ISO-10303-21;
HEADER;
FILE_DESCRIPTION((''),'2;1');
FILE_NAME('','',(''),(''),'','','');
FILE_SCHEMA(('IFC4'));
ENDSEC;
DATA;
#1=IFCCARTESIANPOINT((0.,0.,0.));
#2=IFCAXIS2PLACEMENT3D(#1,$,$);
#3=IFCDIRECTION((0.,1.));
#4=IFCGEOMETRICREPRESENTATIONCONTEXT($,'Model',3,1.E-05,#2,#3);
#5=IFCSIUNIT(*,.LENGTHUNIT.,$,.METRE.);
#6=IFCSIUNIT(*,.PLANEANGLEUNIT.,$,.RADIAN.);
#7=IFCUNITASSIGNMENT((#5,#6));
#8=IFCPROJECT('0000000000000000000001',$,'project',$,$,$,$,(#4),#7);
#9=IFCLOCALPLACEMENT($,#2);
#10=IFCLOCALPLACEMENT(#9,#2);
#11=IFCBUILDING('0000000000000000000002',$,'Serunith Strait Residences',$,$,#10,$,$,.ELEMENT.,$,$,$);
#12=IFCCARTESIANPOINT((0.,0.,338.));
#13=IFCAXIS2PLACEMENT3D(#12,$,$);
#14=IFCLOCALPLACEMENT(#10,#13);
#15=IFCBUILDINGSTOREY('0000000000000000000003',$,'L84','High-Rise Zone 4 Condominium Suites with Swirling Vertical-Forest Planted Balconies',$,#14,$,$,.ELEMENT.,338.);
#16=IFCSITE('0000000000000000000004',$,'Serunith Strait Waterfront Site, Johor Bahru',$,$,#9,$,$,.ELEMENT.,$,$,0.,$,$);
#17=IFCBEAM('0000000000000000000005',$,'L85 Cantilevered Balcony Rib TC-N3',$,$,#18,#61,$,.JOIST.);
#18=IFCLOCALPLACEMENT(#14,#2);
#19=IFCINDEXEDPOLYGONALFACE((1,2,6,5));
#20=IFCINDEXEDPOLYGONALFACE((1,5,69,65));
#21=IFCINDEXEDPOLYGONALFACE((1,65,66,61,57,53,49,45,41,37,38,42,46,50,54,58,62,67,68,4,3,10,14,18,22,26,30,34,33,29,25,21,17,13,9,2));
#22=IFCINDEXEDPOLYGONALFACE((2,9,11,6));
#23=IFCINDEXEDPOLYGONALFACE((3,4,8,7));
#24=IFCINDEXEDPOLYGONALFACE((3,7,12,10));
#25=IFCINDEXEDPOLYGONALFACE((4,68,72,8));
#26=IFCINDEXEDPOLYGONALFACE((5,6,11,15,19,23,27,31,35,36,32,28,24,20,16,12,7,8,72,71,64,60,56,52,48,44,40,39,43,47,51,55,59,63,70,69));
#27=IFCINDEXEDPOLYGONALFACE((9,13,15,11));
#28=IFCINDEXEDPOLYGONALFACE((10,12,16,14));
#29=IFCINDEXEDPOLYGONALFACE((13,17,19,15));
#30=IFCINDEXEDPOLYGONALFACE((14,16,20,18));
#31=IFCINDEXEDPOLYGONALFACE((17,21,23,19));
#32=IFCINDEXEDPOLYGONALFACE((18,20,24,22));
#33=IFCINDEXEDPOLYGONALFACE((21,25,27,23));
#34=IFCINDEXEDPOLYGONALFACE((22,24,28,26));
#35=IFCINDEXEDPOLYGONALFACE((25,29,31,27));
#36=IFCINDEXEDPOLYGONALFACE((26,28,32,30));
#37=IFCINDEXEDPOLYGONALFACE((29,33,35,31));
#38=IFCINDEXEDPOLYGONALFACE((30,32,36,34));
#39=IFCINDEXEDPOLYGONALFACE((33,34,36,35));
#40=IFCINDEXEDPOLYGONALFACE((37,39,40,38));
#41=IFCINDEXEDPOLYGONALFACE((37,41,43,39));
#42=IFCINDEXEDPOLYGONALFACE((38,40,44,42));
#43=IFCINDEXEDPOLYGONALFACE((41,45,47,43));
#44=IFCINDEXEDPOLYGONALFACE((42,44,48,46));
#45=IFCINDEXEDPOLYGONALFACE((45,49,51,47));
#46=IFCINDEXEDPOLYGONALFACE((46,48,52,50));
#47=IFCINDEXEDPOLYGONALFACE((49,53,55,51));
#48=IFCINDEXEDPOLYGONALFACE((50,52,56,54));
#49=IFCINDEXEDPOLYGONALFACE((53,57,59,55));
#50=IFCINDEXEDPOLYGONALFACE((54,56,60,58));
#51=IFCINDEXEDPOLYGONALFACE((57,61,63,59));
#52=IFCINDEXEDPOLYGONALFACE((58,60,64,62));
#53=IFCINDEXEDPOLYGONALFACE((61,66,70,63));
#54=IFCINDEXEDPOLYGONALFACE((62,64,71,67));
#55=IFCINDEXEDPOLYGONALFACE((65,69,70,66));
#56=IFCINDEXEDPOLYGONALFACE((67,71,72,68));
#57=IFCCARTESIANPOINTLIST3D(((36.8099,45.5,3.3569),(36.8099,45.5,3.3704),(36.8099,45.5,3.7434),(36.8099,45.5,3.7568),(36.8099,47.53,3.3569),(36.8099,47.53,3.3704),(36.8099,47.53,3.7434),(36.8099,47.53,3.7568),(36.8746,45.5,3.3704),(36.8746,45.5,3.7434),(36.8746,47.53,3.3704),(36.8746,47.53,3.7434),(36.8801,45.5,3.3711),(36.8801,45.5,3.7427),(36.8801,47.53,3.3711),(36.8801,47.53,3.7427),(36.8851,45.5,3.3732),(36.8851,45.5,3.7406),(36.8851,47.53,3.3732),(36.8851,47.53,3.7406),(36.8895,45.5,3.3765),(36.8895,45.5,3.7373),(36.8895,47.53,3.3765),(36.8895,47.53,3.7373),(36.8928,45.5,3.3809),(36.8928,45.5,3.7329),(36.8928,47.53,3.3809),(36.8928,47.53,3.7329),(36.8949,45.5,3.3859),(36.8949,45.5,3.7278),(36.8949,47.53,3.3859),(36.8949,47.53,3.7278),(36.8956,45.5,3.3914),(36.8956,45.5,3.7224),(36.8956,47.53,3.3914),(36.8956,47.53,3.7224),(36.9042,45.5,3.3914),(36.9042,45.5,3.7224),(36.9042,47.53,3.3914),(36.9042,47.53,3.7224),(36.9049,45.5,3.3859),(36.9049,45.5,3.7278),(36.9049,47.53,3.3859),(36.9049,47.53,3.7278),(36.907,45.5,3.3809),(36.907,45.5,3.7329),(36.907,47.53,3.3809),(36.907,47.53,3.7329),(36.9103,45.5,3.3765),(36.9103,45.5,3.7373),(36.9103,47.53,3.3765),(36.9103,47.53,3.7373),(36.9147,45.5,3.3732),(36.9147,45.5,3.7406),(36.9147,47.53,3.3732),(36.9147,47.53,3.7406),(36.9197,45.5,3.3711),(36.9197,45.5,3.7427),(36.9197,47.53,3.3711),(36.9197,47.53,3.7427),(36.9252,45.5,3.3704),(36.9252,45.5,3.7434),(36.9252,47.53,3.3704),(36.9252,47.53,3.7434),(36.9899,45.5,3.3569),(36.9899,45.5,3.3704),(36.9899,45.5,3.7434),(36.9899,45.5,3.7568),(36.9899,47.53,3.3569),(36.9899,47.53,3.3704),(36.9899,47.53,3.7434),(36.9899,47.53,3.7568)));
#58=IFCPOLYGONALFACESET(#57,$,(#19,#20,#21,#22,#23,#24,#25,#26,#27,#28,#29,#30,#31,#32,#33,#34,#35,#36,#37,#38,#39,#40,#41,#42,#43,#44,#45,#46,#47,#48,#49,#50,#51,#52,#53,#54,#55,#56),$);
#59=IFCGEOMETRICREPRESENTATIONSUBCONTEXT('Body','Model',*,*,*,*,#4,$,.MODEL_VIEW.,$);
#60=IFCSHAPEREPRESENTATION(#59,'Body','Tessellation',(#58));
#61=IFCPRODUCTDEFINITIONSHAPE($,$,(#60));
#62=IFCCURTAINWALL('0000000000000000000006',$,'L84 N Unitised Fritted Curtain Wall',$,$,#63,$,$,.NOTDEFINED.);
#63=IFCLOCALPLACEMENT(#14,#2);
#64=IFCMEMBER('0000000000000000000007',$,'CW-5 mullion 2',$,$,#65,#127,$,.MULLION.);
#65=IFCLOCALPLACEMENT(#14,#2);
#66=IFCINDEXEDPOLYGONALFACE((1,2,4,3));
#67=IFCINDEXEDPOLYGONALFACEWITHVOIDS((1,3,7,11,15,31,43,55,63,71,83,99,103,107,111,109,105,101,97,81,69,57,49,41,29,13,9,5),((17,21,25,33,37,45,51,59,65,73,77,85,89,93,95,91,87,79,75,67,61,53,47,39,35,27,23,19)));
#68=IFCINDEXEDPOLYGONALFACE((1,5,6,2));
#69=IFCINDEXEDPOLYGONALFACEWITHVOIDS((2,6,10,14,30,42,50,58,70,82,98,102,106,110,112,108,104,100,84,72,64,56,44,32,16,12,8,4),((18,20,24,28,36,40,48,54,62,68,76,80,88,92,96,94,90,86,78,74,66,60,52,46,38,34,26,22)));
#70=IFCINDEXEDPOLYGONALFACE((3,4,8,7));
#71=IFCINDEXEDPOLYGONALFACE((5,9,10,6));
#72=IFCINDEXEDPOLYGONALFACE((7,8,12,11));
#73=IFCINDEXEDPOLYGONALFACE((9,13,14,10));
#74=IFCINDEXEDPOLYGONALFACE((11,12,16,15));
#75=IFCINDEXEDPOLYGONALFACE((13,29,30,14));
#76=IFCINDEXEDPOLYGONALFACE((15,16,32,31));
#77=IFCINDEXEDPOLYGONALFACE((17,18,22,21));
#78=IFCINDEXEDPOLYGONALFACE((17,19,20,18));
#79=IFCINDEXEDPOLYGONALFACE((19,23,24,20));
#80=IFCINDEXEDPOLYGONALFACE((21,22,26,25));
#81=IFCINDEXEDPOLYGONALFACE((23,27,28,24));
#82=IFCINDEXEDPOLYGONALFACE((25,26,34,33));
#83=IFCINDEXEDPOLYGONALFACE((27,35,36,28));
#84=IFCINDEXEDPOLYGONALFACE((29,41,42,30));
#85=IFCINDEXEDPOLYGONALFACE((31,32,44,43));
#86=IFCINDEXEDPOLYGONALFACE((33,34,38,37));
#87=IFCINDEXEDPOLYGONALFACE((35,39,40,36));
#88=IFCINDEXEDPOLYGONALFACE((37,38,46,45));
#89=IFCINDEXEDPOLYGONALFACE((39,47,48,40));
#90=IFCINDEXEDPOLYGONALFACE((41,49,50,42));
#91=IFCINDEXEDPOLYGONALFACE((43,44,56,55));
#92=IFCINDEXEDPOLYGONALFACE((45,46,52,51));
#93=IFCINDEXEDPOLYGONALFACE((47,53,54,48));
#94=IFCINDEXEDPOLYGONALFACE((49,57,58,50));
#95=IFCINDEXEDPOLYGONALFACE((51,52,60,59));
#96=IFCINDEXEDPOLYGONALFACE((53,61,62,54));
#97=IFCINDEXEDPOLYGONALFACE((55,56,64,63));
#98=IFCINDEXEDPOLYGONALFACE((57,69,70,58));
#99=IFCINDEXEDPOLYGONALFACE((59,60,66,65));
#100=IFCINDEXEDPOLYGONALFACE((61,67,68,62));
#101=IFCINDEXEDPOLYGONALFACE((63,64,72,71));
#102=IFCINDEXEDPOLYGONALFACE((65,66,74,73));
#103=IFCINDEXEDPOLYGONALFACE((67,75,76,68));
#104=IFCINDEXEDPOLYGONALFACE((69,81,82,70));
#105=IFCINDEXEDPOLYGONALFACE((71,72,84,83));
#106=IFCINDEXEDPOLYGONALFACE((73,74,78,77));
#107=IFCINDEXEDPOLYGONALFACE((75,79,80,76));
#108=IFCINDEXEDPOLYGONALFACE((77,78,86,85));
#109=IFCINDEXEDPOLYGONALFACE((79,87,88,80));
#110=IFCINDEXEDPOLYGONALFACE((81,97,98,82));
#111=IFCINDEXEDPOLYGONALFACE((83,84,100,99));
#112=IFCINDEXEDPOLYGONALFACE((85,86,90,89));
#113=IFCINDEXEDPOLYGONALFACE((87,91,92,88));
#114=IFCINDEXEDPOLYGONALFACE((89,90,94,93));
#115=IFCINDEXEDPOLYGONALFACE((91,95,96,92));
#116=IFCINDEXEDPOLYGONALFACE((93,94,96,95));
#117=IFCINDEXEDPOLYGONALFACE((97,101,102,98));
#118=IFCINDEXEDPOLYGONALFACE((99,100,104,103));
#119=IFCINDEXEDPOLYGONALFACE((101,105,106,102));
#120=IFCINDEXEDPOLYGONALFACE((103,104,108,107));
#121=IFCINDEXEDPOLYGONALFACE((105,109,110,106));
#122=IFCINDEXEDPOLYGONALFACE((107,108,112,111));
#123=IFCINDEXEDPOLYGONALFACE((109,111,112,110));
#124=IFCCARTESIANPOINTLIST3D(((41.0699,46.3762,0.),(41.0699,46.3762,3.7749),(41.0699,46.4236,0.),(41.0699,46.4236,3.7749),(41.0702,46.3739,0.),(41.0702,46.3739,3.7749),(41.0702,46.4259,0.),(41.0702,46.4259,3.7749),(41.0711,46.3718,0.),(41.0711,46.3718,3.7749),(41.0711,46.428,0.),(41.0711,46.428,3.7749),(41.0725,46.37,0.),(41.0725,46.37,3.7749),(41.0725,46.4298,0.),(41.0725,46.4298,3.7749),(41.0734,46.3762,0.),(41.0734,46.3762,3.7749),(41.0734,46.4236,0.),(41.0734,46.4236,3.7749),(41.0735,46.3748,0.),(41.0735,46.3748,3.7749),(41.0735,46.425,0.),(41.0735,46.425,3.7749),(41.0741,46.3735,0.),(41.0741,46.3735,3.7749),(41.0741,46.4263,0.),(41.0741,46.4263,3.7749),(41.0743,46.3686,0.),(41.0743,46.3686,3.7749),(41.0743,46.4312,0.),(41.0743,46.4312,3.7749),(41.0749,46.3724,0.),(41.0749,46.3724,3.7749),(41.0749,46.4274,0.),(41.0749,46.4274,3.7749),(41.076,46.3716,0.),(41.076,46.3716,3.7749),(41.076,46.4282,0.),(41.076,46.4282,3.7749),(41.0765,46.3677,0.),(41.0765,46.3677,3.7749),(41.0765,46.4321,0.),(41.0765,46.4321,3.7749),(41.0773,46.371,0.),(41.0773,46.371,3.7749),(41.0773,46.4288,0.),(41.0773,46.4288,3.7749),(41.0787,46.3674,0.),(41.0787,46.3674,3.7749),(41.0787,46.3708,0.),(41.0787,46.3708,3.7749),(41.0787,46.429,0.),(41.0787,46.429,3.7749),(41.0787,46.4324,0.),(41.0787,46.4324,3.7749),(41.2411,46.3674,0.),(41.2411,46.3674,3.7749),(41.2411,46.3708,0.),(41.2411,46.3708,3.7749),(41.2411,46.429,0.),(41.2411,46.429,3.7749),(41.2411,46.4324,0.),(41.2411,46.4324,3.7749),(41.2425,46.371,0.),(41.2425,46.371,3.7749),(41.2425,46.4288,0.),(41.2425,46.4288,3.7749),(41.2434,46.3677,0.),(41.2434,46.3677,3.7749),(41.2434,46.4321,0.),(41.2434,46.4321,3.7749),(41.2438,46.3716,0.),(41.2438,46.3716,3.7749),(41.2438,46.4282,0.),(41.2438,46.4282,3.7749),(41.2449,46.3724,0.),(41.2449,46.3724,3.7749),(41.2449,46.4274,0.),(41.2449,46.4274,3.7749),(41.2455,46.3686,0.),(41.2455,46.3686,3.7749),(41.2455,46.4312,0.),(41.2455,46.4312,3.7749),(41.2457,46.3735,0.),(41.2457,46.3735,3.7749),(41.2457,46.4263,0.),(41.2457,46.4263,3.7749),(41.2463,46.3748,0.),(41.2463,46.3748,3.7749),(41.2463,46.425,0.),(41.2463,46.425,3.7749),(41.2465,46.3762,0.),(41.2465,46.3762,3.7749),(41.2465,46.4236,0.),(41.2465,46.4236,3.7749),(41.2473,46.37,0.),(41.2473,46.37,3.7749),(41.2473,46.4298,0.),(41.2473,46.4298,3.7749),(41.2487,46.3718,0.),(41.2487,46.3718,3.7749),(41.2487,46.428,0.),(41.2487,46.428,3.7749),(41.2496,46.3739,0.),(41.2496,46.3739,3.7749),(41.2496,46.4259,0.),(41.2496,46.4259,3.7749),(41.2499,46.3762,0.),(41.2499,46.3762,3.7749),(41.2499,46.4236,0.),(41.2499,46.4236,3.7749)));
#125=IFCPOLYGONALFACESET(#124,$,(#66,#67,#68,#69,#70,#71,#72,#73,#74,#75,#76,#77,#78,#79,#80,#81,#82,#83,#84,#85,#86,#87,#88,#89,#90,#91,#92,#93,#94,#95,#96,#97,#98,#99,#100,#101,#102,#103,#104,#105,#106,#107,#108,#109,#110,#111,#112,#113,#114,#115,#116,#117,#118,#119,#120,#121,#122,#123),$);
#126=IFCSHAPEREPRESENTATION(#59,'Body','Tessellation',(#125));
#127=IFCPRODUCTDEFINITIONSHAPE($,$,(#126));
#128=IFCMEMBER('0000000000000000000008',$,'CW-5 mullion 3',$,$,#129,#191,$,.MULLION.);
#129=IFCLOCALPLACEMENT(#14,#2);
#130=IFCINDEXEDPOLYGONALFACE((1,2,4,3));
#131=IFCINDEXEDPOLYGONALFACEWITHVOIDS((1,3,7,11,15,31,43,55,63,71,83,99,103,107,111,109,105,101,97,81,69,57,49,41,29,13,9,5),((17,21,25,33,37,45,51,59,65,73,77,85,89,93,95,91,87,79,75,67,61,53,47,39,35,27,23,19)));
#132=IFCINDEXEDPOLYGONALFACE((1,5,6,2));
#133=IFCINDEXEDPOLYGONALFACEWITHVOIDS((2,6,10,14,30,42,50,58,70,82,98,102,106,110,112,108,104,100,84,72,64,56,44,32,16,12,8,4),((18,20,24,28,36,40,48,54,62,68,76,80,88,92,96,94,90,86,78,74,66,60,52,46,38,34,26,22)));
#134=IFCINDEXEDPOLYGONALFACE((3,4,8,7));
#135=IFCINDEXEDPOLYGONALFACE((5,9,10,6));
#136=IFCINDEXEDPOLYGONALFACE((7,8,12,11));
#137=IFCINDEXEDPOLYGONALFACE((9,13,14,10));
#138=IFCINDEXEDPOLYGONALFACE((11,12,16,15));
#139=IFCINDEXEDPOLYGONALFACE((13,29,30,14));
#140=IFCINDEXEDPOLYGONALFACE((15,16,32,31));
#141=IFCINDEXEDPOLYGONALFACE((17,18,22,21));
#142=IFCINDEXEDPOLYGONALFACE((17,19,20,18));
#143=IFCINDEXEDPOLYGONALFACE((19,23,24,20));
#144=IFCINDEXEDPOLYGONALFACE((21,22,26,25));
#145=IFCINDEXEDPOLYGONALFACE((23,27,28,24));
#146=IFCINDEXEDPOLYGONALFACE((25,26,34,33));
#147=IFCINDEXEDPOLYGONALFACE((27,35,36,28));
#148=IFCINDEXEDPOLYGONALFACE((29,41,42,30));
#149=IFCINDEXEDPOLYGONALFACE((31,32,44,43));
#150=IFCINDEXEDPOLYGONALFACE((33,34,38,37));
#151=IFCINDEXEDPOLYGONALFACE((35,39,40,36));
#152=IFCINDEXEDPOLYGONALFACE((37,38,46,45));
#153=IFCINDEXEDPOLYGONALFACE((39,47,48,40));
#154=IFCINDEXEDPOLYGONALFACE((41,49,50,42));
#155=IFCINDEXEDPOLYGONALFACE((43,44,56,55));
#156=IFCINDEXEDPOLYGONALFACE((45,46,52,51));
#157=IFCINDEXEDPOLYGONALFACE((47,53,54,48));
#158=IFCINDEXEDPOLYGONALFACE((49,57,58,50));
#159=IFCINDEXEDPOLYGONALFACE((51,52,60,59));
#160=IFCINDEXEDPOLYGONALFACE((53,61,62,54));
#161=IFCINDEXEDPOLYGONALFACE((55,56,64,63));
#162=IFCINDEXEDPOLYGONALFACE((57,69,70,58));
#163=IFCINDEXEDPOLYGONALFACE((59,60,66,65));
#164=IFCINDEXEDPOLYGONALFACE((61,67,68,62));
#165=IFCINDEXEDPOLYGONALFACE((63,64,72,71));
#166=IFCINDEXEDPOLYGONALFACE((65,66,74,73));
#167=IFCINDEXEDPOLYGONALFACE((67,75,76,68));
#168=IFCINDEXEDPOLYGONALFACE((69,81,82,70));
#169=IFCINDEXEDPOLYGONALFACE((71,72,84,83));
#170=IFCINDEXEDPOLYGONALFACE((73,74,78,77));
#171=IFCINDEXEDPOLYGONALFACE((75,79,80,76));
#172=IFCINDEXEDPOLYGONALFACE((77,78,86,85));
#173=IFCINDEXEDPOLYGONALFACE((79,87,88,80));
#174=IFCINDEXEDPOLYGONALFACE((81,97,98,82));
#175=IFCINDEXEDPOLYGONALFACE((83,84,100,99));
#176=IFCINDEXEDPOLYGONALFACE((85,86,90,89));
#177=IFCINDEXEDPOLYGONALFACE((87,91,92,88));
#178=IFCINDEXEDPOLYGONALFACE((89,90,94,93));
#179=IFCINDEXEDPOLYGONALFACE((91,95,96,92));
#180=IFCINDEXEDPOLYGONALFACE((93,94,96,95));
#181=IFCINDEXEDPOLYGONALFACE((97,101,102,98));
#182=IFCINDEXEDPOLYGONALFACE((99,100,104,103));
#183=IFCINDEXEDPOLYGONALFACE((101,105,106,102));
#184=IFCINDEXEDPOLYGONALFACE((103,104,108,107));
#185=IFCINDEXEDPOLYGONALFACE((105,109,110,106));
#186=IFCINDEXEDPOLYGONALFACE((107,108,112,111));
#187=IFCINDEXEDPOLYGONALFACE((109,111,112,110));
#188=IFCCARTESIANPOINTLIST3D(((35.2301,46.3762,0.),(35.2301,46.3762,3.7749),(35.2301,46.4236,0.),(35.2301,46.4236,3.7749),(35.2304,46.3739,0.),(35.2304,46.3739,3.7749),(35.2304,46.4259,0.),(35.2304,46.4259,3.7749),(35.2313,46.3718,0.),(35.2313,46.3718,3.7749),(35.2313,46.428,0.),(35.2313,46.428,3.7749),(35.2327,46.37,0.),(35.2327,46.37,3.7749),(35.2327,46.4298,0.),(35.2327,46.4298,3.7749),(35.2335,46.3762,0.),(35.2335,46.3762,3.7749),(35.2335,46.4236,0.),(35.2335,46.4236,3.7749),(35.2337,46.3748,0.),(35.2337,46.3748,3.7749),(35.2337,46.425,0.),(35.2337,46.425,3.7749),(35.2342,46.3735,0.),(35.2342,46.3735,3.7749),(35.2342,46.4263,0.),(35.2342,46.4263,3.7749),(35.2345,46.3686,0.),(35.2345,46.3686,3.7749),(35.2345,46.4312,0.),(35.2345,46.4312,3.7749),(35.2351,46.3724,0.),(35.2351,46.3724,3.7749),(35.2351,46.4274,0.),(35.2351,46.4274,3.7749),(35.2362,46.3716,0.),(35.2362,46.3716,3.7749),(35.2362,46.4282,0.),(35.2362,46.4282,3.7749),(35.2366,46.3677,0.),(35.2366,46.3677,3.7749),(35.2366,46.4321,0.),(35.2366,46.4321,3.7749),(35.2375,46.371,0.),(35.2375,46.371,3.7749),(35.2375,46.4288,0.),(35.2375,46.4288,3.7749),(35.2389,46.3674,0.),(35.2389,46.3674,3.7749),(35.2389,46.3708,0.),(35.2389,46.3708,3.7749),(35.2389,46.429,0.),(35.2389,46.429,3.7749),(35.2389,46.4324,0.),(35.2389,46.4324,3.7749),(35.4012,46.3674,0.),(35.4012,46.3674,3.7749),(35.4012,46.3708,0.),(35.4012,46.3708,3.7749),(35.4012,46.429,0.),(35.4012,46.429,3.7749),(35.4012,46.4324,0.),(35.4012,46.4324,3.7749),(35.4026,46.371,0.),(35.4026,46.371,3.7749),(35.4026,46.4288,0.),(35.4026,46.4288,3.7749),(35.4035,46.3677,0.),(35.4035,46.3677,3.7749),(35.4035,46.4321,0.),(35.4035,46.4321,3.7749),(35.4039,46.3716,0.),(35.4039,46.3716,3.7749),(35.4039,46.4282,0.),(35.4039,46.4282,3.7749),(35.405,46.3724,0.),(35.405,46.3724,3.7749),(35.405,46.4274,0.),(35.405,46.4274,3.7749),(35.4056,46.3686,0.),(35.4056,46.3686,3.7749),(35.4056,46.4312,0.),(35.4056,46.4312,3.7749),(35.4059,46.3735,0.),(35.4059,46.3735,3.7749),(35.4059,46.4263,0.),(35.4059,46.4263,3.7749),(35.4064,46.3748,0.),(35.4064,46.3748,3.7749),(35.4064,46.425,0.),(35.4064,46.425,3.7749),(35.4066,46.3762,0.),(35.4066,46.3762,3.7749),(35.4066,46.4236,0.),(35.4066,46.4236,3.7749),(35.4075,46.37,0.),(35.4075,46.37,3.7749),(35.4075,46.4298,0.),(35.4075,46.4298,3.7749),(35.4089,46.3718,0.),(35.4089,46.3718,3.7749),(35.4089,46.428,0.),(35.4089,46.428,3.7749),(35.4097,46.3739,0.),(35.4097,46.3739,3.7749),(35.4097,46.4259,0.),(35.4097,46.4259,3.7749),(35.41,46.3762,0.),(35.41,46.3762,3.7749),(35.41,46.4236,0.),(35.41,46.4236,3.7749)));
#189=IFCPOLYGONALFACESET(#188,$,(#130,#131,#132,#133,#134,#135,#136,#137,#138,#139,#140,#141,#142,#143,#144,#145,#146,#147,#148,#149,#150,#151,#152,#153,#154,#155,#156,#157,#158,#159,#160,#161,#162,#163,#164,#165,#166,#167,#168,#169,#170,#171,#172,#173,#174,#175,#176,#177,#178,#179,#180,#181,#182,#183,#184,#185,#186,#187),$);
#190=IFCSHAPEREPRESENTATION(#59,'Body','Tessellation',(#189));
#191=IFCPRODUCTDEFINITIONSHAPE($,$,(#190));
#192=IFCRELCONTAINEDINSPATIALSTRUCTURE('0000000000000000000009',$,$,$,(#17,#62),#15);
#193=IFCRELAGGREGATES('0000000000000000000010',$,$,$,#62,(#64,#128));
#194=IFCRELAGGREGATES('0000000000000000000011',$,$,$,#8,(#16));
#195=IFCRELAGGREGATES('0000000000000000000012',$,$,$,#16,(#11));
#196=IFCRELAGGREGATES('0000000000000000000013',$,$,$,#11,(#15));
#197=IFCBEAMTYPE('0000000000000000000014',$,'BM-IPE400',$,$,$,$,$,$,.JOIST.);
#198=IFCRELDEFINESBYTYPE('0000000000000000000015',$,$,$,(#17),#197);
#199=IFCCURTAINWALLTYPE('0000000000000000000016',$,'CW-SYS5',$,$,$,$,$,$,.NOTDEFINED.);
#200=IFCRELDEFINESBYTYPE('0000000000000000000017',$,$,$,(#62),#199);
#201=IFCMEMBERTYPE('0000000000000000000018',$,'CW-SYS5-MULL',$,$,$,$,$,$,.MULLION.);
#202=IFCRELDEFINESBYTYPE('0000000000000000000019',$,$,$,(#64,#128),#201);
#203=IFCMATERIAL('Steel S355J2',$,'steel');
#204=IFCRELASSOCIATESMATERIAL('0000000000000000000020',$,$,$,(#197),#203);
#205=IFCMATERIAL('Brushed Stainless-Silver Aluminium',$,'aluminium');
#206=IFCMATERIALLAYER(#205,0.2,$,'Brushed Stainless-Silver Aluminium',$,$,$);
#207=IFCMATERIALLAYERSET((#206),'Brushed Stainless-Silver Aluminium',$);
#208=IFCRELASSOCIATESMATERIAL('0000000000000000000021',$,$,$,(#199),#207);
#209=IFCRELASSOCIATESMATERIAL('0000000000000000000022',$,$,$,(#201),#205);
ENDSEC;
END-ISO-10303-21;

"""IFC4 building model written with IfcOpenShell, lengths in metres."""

from ifc_helpers import new_model, si_unit, direction, frame, origin, origin_2d, place, context, subcontext, project, spatial, hollow_rectangle, i_section, extrude, source, transform, mapped, material, layer, layer_set, material_profile, profile_set, type_object, element, aggregate, save


model = new_model("IFC4")

# Units and contexts
model_context = context("Model", 3, precision=1e-05, world=origin(), true_north=direction((0.0, 1.0)))
body_context = subcontext(model_context, "Body", "Model", "MODEL_VIEW")
ifc_project = project(units=[si_unit("LENGTHUNIT", "METRE"), si_unit("PLANEANGLEUNIT", "RADIAN")], contexts=[model_context])

# Site, building, storey
site_placement = place(None, origin())
site = spatial("IfcSite", under=ifc_project, at=site_placement, Name="Serunith Strait Waterfront Site, Johor Bahru", CompositionType="ELEMENT", RefElevation=0.0)
building_placement = place(site_placement, origin())
building = spatial("IfcBuilding", under=site, at=building_placement, Name="Serunith Strait Residences", CompositionType="ELEMENT")
storey_placement = place(building_placement, frame((0.0, 0.0, 338.0)))
storey = spatial("IfcBuildingStorey", under=building, at=storey_placement, Name="L84", Description="High-Rise Zone 4 Condominium Suites with Swirling Vertical-Forest Planted Balconies", CompositionType="ELEMENT", Elevation=338.0)

# Beam
ifc_material_1 = material(Name="Steel S355J2", Category="steel")
ifc_material_profile_1 = material_profile(ifc_material_1, i_section(OverallWidth=0.1799, OverallDepth=0.3999, WebThickness=0.0085, FlangeThickness=0.0134, FilletRadius=0.021, at=origin_2d()), Name="IPE 400")
ifc_profile_set_1 = profile_set([ifc_material_profile_1], Name="Steel S355J2")
beam_type_1 = type_object("IfcBeamType", Name="BM-IPE400", PredefinedType="JOIST", material=ifc_profile_set_1)
shared_shape_1 = source(origin(), body_context, "Body", "SweptSolid", [
    extrude(i_section(OverallWidth=0.1799, OverallDepth=0.3999, WebThickness=0.0085, FlangeThickness=0.0134, FilletRadius=0.021, at=origin_2d()), origin(), (0.0, 0.0, 1.0), 2.03),
])
beam_1_placement = place(storey_placement, frame((36.8999, 45.5, 3.5569), z_axis=(0.0, 1.0, 0.0), x_axis=(-1.0, 0.0, 0.0)))
element("IfcBeam", 1, at=beam_1_placement, inside=storey, type_object=beam_type_1, Name="L85 Cantilevered Balcony Rib TC-N3", PredefinedType="JOIST", context=body_context, shape_type="MappedRepresentation", body=[
    mapped(shared_shape_1, transform((0.0, 0.0, 0.0), scale=1.0)),
])

# Curtain wall, members
ifc_material_2 = material(Name="Brushed Stainless-Silver Aluminium", Category="aluminium")
ifc_layer_1 = layer(ifc_material_2, 0.2, Name="Brushed Stainless-Silver Aluminium")
ifc_layer_set_1 = layer_set([ifc_layer_1], Name="Brushed Stainless-Silver Aluminium")
curtain_wall_type = type_object("IfcCurtainWallType", Name="CW-SYS5", PredefinedType="NOTDEFINED", material=ifc_layer_set_1)
curtain_wall_placement = place(storey_placement, origin())
curtain_wall = element("IfcCurtainWall", 2, at=curtain_wall_placement, inside=storey, type_object=curtain_wall_type, Name="L84 N Unitised Fritted Curtain Wall", PredefinedType="NOTDEFINED")
ifc_material_profile_2 = material_profile(ifc_material_2, hollow_rectangle(XDim=0.0649, YDim=0.1799, WallThickness=0.0034, InnerFilletRadius=0.0054, OuterFilletRadius=0.0088, at=origin_2d()), Name="ALU 180x65x3.5")
ifc_profile_set_2 = profile_set([ifc_material_profile_2], Name="Brushed Stainless-Silver Aluminium")
member_type_1 = type_object("IfcMemberType", Name="CW-SYS5-MULL", PredefinedType="MULLION", material=ifc_profile_set_2)
shared_shape_2 = source(origin(), body_context, "Body", "SweptSolid", [
    extrude(hollow_rectangle(XDim=0.0649, YDim=0.1799, WallThickness=0.0034, InnerFilletRadius=0.0054, OuterFilletRadius=0.0088, at=origin_2d()), origin(), (0.0, 0.0, 1.0), 3.7749),
])
member_1_placement = place(storey_placement, frame((41.1599, 46.3999, 0.0), z_axis=(0.0, 0.0, 1.0), x_axis=(0.0, -1.0, 0.0)))
member_1 = element("IfcMember", 3, at=member_1_placement, type_object=member_type_1, Name="CW-5 mullion 2", PredefinedType="MULLION", context=body_context, shape_type="MappedRepresentation", body=[
    mapped(shared_shape_2, transform((0.0, 0.0, 0.0), scale=1.0)),
])
member_2_placement = place(storey_placement, frame((35.3201, 46.3999, 0.0), z_axis=(0.0, 0.0, 1.0), x_axis=(0.0, -1.0, 0.0)))
member_2 = element("IfcMember", 4, at=member_2_placement, type_object=member_type_1, Name="CW-5 mullion 3", PredefinedType="MULLION", context=body_context, shape_type="MappedRepresentation", body=[
    mapped(shared_shape_2, transform((0.0, 0.0, 0.0), scale=1.0)),
])
aggregate(curtain_wall, [member_1, member_2])

save(model, "model.ifc")
